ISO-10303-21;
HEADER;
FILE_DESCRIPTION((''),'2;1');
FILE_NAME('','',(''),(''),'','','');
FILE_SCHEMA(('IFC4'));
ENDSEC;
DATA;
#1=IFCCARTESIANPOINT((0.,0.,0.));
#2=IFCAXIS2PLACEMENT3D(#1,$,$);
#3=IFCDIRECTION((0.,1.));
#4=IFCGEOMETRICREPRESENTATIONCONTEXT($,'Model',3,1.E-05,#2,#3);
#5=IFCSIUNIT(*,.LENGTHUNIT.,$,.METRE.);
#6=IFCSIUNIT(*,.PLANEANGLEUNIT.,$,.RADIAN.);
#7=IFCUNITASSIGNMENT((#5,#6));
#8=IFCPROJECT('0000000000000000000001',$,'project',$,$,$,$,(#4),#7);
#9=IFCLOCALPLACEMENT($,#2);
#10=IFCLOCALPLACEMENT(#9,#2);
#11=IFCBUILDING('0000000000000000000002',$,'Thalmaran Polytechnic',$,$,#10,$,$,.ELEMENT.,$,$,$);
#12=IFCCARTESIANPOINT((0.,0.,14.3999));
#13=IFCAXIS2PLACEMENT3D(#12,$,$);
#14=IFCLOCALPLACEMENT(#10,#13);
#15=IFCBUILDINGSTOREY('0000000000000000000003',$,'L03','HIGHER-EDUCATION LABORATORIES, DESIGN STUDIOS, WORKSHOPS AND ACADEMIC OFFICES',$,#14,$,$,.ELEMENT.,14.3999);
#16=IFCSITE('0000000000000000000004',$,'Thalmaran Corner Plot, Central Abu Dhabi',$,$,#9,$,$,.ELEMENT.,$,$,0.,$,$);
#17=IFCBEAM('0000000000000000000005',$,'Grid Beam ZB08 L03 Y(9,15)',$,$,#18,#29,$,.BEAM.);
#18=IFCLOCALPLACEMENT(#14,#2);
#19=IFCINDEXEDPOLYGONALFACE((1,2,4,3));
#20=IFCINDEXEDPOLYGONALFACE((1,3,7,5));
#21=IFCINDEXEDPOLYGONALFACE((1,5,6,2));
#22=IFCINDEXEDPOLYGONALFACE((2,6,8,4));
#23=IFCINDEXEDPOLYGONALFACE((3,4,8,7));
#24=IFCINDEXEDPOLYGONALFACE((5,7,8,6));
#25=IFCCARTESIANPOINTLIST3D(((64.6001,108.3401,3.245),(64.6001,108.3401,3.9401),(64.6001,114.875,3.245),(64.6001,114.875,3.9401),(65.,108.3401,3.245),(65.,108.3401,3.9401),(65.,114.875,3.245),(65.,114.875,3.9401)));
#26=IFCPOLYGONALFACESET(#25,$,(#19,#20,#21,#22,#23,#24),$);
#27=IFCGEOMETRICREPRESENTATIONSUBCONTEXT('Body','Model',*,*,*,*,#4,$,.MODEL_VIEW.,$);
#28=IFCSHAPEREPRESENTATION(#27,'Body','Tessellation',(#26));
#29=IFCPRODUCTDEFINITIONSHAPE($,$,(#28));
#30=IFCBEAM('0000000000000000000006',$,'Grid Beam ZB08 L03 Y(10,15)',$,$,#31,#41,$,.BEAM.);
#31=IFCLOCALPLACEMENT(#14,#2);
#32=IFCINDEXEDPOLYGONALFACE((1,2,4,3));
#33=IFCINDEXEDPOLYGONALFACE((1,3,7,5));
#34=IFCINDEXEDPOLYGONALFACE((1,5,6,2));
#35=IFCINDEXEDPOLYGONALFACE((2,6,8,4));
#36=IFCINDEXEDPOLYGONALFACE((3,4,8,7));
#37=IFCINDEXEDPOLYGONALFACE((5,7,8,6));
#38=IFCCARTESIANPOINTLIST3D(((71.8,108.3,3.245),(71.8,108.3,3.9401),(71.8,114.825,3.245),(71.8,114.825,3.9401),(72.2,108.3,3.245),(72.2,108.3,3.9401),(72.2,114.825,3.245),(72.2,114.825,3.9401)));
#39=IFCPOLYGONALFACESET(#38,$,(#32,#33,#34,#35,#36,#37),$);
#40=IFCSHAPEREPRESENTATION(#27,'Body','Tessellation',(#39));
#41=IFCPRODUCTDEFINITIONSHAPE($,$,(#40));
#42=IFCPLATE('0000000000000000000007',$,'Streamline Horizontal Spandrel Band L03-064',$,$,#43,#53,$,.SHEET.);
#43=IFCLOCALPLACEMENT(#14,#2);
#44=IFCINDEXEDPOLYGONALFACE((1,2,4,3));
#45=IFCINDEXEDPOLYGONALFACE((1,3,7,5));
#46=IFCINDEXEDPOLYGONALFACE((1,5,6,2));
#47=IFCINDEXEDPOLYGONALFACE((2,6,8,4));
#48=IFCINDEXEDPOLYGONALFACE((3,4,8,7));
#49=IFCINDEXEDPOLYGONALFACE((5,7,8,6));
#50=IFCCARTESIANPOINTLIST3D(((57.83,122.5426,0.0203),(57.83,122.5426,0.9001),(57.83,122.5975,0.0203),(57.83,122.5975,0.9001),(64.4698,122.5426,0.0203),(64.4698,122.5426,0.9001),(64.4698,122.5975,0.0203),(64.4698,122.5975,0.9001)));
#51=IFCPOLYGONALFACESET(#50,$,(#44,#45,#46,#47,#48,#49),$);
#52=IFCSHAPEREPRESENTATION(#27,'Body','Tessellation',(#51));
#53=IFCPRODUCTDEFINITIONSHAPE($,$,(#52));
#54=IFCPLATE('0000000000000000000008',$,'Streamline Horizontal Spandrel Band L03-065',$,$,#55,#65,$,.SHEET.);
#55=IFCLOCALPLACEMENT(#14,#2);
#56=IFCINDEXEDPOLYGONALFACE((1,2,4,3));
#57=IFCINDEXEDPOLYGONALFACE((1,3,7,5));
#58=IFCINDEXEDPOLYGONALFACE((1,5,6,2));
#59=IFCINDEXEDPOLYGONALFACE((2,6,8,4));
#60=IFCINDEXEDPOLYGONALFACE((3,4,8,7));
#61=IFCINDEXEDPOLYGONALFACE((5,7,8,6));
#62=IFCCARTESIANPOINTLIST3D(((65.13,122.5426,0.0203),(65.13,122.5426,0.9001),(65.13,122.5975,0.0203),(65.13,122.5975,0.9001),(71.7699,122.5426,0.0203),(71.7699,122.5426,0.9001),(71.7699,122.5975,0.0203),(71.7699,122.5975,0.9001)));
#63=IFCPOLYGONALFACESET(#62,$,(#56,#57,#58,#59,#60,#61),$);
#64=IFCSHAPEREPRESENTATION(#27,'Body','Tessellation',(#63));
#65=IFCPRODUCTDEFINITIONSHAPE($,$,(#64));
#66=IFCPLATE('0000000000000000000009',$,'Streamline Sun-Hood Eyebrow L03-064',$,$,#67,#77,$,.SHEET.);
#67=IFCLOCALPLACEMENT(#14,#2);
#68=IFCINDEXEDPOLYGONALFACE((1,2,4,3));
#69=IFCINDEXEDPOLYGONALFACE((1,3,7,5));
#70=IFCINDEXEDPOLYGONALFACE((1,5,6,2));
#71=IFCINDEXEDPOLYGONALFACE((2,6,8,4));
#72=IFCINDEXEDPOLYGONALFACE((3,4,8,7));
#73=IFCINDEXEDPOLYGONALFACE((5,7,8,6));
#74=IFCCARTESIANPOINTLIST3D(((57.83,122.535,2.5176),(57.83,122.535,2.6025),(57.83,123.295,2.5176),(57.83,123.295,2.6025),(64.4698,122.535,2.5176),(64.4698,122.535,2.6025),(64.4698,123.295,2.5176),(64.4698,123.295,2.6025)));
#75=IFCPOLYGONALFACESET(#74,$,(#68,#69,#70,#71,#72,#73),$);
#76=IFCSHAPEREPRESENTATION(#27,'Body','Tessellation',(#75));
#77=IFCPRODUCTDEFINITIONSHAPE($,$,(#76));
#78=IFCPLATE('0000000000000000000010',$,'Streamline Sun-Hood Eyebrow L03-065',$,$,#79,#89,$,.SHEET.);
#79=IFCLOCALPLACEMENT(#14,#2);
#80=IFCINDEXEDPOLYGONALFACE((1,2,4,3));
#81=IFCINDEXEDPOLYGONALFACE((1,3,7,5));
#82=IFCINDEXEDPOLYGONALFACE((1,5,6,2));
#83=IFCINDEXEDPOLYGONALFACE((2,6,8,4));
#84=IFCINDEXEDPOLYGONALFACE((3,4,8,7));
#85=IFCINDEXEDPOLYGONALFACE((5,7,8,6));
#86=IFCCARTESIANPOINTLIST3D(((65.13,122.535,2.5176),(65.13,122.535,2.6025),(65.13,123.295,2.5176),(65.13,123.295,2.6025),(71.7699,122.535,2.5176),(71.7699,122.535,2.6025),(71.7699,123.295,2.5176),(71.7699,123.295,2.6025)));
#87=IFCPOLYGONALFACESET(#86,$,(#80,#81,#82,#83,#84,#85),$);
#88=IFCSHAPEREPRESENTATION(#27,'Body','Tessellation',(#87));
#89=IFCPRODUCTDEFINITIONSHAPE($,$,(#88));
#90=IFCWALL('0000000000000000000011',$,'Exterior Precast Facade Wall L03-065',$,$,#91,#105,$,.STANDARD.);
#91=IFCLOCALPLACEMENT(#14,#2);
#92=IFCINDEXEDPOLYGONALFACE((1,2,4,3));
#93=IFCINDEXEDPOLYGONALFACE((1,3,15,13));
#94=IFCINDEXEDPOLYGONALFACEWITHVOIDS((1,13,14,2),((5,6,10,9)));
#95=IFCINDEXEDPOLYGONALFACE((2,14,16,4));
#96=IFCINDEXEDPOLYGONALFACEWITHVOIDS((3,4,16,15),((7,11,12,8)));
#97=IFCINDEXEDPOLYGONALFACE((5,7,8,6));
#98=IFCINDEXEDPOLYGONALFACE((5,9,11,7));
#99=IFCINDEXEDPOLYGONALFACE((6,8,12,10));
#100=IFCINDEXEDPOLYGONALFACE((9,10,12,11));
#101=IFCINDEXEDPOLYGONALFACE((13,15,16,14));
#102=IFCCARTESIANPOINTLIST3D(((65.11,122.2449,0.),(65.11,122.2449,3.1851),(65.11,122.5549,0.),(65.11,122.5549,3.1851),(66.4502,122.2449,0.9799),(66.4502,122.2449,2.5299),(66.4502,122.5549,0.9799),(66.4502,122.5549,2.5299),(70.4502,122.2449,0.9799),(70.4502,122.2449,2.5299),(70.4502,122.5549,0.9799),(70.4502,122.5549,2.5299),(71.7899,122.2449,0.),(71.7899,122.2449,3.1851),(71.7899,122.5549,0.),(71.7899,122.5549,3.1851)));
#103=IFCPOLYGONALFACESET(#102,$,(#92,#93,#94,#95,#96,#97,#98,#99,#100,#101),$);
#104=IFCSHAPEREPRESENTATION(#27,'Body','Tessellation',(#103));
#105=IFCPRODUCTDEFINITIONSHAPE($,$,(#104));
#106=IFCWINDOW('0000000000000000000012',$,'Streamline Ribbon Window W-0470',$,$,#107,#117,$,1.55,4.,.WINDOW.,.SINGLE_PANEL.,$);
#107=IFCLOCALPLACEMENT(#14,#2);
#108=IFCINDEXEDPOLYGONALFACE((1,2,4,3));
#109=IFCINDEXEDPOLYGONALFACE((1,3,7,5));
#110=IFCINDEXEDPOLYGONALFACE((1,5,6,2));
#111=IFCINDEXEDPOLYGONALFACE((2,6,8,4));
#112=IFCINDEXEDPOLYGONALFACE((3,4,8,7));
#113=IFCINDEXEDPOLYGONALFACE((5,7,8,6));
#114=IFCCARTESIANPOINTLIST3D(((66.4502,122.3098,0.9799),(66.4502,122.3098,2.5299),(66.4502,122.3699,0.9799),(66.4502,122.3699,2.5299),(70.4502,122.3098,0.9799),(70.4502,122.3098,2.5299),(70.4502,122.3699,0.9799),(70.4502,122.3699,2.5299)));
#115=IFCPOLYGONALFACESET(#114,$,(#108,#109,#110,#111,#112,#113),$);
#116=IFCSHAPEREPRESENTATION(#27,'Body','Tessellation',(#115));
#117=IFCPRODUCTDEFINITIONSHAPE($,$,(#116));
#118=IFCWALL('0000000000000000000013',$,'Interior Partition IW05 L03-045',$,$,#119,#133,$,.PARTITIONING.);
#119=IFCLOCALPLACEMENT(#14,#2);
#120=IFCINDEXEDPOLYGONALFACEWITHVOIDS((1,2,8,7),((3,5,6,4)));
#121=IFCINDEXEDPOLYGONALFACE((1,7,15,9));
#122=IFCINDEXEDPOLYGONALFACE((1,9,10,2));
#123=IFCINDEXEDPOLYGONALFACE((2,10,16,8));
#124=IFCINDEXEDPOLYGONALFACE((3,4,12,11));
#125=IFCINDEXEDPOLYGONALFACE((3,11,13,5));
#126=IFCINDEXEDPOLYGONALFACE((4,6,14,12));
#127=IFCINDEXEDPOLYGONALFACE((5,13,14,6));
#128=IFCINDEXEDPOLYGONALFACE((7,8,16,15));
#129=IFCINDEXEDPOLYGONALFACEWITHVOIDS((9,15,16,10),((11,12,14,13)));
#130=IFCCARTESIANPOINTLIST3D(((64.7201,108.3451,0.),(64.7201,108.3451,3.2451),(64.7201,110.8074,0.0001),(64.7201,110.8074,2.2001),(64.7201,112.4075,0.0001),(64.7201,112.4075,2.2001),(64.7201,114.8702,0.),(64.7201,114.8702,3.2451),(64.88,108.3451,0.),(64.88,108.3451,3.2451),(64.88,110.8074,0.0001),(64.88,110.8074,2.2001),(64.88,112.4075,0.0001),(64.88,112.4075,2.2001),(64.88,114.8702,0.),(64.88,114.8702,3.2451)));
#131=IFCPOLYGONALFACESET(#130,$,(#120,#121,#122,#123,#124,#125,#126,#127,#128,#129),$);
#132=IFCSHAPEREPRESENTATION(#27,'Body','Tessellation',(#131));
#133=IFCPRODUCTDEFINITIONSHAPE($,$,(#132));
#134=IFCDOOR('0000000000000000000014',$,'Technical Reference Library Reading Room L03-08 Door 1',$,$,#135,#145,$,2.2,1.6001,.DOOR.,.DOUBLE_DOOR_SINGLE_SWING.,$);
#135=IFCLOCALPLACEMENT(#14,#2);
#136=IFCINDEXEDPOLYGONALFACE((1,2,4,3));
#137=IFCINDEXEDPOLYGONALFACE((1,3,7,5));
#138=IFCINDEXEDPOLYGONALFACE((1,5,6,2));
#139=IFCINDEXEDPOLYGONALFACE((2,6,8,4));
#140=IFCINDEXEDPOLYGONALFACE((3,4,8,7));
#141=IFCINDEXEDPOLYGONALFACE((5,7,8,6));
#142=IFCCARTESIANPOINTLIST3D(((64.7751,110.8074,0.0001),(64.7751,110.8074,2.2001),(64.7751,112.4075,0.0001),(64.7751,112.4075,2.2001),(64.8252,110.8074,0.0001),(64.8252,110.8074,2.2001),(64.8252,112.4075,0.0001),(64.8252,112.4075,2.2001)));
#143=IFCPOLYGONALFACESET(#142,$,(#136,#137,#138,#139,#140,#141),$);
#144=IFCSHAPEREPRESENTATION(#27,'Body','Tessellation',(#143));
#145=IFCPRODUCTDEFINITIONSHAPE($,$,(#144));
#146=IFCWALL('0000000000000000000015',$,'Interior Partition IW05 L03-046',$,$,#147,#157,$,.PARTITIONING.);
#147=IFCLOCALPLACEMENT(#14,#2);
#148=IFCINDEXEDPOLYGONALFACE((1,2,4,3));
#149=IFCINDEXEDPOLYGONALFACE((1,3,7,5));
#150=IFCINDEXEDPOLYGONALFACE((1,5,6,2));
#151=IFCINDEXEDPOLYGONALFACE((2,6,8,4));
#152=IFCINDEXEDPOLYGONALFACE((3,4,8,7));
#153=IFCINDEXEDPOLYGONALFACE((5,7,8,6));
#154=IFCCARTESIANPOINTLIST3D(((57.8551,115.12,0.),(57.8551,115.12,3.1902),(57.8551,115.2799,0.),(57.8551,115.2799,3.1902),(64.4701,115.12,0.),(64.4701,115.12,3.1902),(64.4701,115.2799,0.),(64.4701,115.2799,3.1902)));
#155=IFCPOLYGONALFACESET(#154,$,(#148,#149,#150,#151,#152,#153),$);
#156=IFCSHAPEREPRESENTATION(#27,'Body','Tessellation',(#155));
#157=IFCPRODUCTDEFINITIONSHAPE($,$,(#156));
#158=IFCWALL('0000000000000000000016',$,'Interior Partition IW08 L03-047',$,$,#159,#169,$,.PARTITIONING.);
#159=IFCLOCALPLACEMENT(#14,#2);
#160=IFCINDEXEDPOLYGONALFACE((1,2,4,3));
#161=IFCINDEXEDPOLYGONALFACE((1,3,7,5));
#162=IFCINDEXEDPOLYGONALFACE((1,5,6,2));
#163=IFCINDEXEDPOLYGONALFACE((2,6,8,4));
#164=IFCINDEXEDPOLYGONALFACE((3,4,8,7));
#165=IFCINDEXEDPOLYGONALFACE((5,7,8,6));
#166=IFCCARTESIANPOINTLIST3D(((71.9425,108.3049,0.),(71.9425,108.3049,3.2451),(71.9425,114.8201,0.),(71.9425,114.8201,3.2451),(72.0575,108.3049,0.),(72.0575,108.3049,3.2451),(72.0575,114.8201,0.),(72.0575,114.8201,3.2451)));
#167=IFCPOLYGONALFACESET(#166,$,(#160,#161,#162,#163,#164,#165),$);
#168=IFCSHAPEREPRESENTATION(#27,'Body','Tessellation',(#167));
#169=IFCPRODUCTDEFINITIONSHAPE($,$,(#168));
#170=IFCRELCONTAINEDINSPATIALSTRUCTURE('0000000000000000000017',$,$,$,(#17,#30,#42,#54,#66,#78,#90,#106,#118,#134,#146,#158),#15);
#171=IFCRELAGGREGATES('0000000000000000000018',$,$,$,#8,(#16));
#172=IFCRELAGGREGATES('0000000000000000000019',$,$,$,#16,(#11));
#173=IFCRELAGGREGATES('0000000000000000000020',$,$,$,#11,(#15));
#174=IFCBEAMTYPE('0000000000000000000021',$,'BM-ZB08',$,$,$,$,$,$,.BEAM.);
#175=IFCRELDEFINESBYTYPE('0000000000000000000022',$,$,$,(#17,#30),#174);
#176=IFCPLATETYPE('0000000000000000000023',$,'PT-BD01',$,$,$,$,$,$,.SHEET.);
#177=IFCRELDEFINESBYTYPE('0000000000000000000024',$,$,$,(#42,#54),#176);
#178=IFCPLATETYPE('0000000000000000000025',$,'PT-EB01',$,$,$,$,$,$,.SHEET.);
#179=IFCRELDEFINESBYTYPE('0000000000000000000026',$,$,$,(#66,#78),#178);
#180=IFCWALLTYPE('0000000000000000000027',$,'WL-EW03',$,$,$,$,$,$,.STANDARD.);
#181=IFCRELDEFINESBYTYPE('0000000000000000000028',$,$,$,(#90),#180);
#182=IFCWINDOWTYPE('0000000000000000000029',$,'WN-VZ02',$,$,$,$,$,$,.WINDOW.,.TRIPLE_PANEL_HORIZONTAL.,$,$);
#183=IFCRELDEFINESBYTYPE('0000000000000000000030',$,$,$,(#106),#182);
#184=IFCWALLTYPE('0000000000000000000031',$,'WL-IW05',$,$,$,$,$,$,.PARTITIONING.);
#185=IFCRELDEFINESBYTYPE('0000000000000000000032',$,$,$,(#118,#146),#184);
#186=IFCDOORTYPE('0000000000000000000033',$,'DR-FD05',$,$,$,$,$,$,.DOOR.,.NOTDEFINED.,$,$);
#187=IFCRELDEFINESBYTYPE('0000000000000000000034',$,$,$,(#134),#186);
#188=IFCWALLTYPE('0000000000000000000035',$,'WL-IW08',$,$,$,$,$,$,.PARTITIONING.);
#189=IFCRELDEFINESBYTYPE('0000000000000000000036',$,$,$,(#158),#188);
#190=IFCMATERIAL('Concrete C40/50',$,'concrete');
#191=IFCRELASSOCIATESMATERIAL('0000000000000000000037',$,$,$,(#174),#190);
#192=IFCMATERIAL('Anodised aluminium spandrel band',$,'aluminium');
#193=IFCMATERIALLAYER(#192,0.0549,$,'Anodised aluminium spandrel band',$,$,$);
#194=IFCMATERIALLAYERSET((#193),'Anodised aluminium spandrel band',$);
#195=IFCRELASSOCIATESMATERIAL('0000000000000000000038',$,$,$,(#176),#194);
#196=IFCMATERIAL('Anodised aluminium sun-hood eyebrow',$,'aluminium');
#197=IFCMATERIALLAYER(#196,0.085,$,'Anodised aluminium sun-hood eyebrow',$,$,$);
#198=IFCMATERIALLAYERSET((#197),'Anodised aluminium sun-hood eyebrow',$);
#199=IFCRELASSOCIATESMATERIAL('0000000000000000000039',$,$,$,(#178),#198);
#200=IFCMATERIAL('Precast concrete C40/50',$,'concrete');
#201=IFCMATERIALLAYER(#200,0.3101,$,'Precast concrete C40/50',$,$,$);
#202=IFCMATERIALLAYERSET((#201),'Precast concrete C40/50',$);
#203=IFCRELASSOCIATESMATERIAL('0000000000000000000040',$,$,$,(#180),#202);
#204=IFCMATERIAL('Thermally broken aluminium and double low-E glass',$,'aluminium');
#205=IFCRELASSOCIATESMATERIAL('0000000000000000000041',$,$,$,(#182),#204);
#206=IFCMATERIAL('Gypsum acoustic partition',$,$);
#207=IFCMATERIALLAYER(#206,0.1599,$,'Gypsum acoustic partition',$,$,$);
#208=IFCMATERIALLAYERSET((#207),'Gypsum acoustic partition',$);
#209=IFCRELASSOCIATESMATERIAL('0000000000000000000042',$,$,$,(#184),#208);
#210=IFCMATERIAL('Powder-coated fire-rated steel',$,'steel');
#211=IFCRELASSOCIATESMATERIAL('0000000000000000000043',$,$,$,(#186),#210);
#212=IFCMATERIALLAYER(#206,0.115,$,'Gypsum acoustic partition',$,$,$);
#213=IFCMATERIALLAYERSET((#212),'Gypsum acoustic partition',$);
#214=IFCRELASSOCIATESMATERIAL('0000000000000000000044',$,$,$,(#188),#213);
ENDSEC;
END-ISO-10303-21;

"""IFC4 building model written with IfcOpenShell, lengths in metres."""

from ifc_helpers import new_model, si_unit, direction, frame, frame_2d, origin, origin_2d, place, context, subcontext, project, spatial, rectangle, extrude, material, layer, layer_set, material_profile, profile_set, type_object, element, fill, save


model = new_model("IFC4")

# Units and contexts
model_context = context("Model", 3, precision=1e-05, world=origin(), true_north=direction((0.0, 1.0)))
body_context = subcontext(model_context, "Body", "Model", "MODEL_VIEW")
ifc_project = project(units=[si_unit("LENGTHUNIT", "METRE"), si_unit("PLANEANGLEUNIT", "RADIAN")], contexts=[model_context])

# Site, building, storey
site_placement = place(None, origin())
site = spatial("IfcSite", under=ifc_project, at=site_placement, Name="Thalmaran Corner Plot, Central Abu Dhabi", CompositionType="ELEMENT", RefElevation=0.0)
building_placement = place(site_placement, origin())
building = spatial("IfcBuilding", under=site, at=building_placement, Name="Thalmaran Polytechnic", CompositionType="ELEMENT")
storey_placement = place(building_placement, frame((0.0, 0.0, 14.3999)))
storey = spatial("IfcBuildingStorey", under=building, at=storey_placement, Name="L03", Description="HIGHER-EDUCATION LABORATORIES, DESIGN STUDIOS, WORKSHOPS AND ACADEMIC OFFICES", CompositionType="ELEMENT", Elevation=14.3999)

# Shared definitions
ifc_material_1 = material(Name="Concrete C40/50", Category="concrete")

# Beams
ifc_material_profile_1 = material_profile(ifc_material_1, rectangle(XDim=0.3999, YDim=0.6951, at=origin_2d()), Name="RC 400x695")
ifc_profile_set_1 = profile_set([ifc_material_profile_1], Name="Concrete C40/50")
beam_type_1 = type_object("IfcBeamType", Name="BM-ZB08", PredefinedType="BEAM", material=ifc_profile_set_1)
beam_1_placement = place(storey_placement, frame((64.8, 108.3401, 3.5925), z_axis=(0.0, 1.0, 0.0), x_axis=(-1.0, 0.0, 0.0)))
element("IfcBeam", 1, at=beam_1_placement, inside=storey, type_object=beam_type_1, Name="Grid Beam ZB08 L03 Y(9,15)", PredefinedType="BEAM", context=body_context, shape_type="SweptSolid", body=[
    extrude(rectangle(XDim=0.3999, YDim=0.6951, at=origin_2d()), origin(), (0.0, 0.0, 1.0), 6.5349),
])
beam_2_placement = place(storey_placement, frame((72.0, 108.3, 3.5925), z_axis=(0.0, 1.0, 0.0), x_axis=(-1.0, 0.0, 0.0)))
element("IfcBeam", 2, at=beam_2_placement, inside=storey, type_object=beam_type_1, Name="Grid Beam ZB08 L03 Y(10,15)", PredefinedType="BEAM", context=body_context, shape_type="SweptSolid", body=[
    extrude(rectangle(XDim=0.3999, YDim=0.6951, at=origin_2d()), origin(), (0.0, 0.0, 1.0), 6.5249),
])

# Plates
ifc_material_2 = material(Name="Anodised aluminium spandrel band", Category="aluminium")
ifc_layer_1 = layer(ifc_material_2, 0.0549, Name="Anodised aluminium spandrel band")
ifc_layer_set_1 = layer_set([ifc_layer_1], Name="Anodised aluminium spandrel band")
plate_type_1 = type_object("IfcPlateType", Name="PT-BD01", PredefinedType="SHEET", material=ifc_layer_set_1)
for number, where, z_axis, x_axis, name in (
    (3, (61.1499, 122.5701, 0.0203), (0.0, 0.0, 1.0), (1.0, 0.0, 0.0), "Streamline Horizontal Spandrel Band L03-064"),
    (4, (68.45, 122.5701, 0.0203), (0.0, 0.0, 1.0), (1.0, 0.0, 0.0), "Streamline Horizontal Spandrel Band L03-065"),
):
    element("IfcPlate", number, at=place(storey_placement, frame(where, z_axis=z_axis, x_axis=x_axis)), inside=storey, type_object=plate_type_1, Name=name, PredefinedType="SHEET", context=body_context, shape_type="SweptSolid", body=[
        extrude(rectangle(XDim=6.6399, YDim=0.0549, at=origin_2d()), origin(), (0.0, 0.0, 1.0), 0.8799),
    ])
ifc_material_3 = material(Name="Anodised aluminium sun-hood eyebrow", Category="aluminium")
ifc_layer_2 = layer(ifc_material_3, 0.085, Name="Anodised aluminium sun-hood eyebrow")
ifc_layer_set_2 = layer_set([ifc_layer_2], Name="Anodised aluminium sun-hood eyebrow")
plate_type_2 = type_object("IfcPlateType", Name="PT-EB01", PredefinedType="SHEET", material=ifc_layer_set_2)
for number, where, z_axis, x_axis, name in (
    (5, (61.1499, 122.915, 2.5176), (0.0, 0.0, 1.0), (1.0, 0.0, 0.0), "Streamline Sun-Hood Eyebrow L03-064"),
    (6, (68.45, 122.915, 2.5176), (0.0, 0.0, 1.0), (1.0, 0.0, 0.0), "Streamline Sun-Hood Eyebrow L03-065"),
):
    element("IfcPlate", number, at=place(storey_placement, frame(where, z_axis=z_axis, x_axis=x_axis)), inside=storey, type_object=plate_type_2, Name=name, PredefinedType="SHEET", context=body_context, shape_type="SweptSolid", body=[
        extrude(rectangle(XDim=6.6399, YDim=0.76, at=origin_2d()), origin(), (0.0, 0.0, 1.0), 0.085),
    ])

# Wall, opening, window
ifc_material_4 = material(Name="Precast concrete C40/50", Category="concrete")
ifc_layer_3 = layer(ifc_material_4, 0.3101, Name="Precast concrete C40/50")
ifc_layer_set_3 = layer_set([ifc_layer_3], Name="Precast concrete C40/50")
wall_type_1 = type_object("IfcWallType", Name="WL-EW03", PredefinedType="STANDARD", material=ifc_layer_set_3)
wall_1_placement = place(storey_placement, frame((65.1101, 122.3999, 0.0), z_axis=(0.0, 0.0, 1.0), x_axis=(1.0, 0.0, 0.0)))
wall_1 = element("IfcWall", 7, at=wall_1_placement, inside=storey, type_object=wall_type_1, Name="Exterior Precast Facade Wall L03-065", PredefinedType="STANDARD", context=body_context, shape_type="SweptSolid", body=[
    extrude(rectangle(XDim=6.6799, YDim=0.3101, at=frame_2d((3.3398, 0.0))), origin(), (0.0, 0.0, 1.0), 3.1851),
])
opening_1_placement = place(wall_1_placement, frame((1.3401, 0.0, 0.98)))
opening_1 = element("IfcOpeningElement", 8, at=opening_1_placement, cuts=wall_1, PredefinedType="OPENING", context=body_context, shape_type="SweptSolid", body=[
    extrude(rectangle(XDim=4.0, YDim=1.55, at=frame_2d((2.0, 0.7749))), frame((0.0, 0.165, 0.0), z_axis=(0.0, -1.0, 0.0), x_axis=(1.0, 0.0, 0.0)), (0.0, 0.0, 1.0), 0.3301),
])
ifc_material_5 = material(Name="Thermally broken aluminium and double low-E glass", Category="aluminium")
window_type = type_object("IfcWindowType", Name="WN-VZ02", PartitioningType="TRIPLE_PANEL_HORIZONTAL", PredefinedType="WINDOW", material=ifc_material_5)
window_placement = place(opening_1_placement, origin())
window = element("IfcWindow", 9, at=window_placement, inside=storey, type_object=window_type, Name="Streamline Ribbon Window W-0470", OverallHeight=1.55, OverallWidth=4.0, PartitioningType="SINGLE_PANEL", PredefinedType="WINDOW", context=body_context, shape_type="SweptSolid", body=[
    extrude(rectangle(XDim=4.0, YDim=1.55, at=frame_2d((2.0, 0.7749))), frame((0.0, -0.03, 0.0), z_axis=(0.0, -1.0, 0.0), x_axis=(1.0, 0.0, 0.0)), (0.0, 0.0, 1.0), 0.0601),
])
fill(opening_1, window)

# Wall, opening, door
ifc_material_6 = material(Name="Gypsum acoustic partition")
ifc_layer_4 = layer(ifc_material_6, 0.1599, Name="Gypsum acoustic partition")
ifc_layer_set_4 = layer_set([ifc_layer_4], Name="Gypsum acoustic partition")
wall_type_2 = type_object("IfcWallType", Name="WL-IW05", PredefinedType="PARTITIONING", material=ifc_layer_set_4)
wall_2_placement = place(storey_placement, frame((64.8, 108.345, 0.0), z_axis=(0.0, 0.0, 1.0), x_axis=(0.0, 1.0, 0.0)))
wall_2 = element("IfcWall", 10, at=wall_2_placement, inside=storey, type_object=wall_type_2, Name="Interior Partition IW05 L03-045", PredefinedType="PARTITIONING", context=body_context, shape_type="SweptSolid", body=[
    extrude(rectangle(XDim=6.5251, YDim=0.1599, at=frame_2d((3.2627, 0.0))), origin(), (0.0, 0.0, 1.0), 3.2451),
])
opening_2_placement = place(wall_2_placement, frame((2.4624, 0.0, 0.0)))
opening_2 = element("IfcOpeningElement", 11, at=opening_2_placement, cuts=wall_2, PredefinedType="OPENING", context=body_context, shape_type="SweptSolid", body=[
    extrude(rectangle(XDim=1.6001, YDim=2.2, at=frame_2d((0.8, 1.1001))), frame((0.0, 0.0898, 0.0), z_axis=(0.0, -1.0, 0.0), x_axis=(1.0, 0.0, 0.0)), (0.0, 0.0, 1.0), 0.1799),
])
ifc_material_7 = material(Name="Powder-coated fire-rated steel", Category="steel")
door_type = type_object("IfcDoorType", Name="DR-FD05", OperationType="NOTDEFINED", PredefinedType="DOOR", material=ifc_material_7)
door_placement = place(opening_2_placement, origin())
door = element("IfcDoor", 12, at=door_placement, inside=storey, type_object=door_type, Name="Technical Reference Library Reading Room L03-08 Door 1", OperationType="DOUBLE_DOOR_SINGLE_SWING", OverallHeight=2.2, OverallWidth=1.6001, PredefinedType="DOOR", context=body_context, shape_type="SweptSolid", body=[
    extrude(rectangle(XDim=1.6001, YDim=2.2, at=frame_2d((0.8, 1.1001))), frame((0.0, 0.0249, 0.0), z_axis=(0.0, -1.0, 0.0), x_axis=(1.0, 0.0, 0.0)), (0.0, 0.0, 1.0), 0.05),
])
fill(opening_2, door)

# Walls
wall_3_placement = place(storey_placement, frame((57.855, 115.2, 0.0), z_axis=(0.0, 0.0, 1.0), x_axis=(1.0, 0.0, 0.0)))
element("IfcWall", 13, at=wall_3_placement, inside=storey, type_object=wall_type_2, Name="Interior Partition IW05 L03-046", PredefinedType="PARTITIONING", context=body_context, shape_type="SweptSolid", body=[
    extrude(rectangle(XDim=6.615, YDim=0.1599, at=frame_2d((3.3076, 0.0))), origin(), (0.0, 0.0, 1.0), 3.1902),
])
ifc_layer_5 = layer(ifc_material_6, 0.115, Name="Gypsum acoustic partition")
ifc_layer_set_5 = layer_set([ifc_layer_5], Name="Gypsum acoustic partition")
wall_type_3 = type_object("IfcWallType", Name="WL-IW08", PredefinedType="PARTITIONING", material=ifc_layer_set_5)
wall_4_placement = place(storey_placement, frame((72.0, 108.3049, 0.0), z_axis=(0.0, 0.0, 1.0), x_axis=(0.0, 1.0, 0.0)))
element("IfcWall", 14, at=wall_4_placement, inside=storey, type_object=wall_type_3, Name="Interior Partition IW08 L03-047", PredefinedType="PARTITIONING", context=body_context, shape_type="SweptSolid", body=[
    extrude(rectangle(XDim=6.5151, YDim=0.115, at=frame_2d((3.2576, 0.0))), origin(), (0.0, 0.0, 1.0), 3.2451),
])

save(model, "model.ifc")
